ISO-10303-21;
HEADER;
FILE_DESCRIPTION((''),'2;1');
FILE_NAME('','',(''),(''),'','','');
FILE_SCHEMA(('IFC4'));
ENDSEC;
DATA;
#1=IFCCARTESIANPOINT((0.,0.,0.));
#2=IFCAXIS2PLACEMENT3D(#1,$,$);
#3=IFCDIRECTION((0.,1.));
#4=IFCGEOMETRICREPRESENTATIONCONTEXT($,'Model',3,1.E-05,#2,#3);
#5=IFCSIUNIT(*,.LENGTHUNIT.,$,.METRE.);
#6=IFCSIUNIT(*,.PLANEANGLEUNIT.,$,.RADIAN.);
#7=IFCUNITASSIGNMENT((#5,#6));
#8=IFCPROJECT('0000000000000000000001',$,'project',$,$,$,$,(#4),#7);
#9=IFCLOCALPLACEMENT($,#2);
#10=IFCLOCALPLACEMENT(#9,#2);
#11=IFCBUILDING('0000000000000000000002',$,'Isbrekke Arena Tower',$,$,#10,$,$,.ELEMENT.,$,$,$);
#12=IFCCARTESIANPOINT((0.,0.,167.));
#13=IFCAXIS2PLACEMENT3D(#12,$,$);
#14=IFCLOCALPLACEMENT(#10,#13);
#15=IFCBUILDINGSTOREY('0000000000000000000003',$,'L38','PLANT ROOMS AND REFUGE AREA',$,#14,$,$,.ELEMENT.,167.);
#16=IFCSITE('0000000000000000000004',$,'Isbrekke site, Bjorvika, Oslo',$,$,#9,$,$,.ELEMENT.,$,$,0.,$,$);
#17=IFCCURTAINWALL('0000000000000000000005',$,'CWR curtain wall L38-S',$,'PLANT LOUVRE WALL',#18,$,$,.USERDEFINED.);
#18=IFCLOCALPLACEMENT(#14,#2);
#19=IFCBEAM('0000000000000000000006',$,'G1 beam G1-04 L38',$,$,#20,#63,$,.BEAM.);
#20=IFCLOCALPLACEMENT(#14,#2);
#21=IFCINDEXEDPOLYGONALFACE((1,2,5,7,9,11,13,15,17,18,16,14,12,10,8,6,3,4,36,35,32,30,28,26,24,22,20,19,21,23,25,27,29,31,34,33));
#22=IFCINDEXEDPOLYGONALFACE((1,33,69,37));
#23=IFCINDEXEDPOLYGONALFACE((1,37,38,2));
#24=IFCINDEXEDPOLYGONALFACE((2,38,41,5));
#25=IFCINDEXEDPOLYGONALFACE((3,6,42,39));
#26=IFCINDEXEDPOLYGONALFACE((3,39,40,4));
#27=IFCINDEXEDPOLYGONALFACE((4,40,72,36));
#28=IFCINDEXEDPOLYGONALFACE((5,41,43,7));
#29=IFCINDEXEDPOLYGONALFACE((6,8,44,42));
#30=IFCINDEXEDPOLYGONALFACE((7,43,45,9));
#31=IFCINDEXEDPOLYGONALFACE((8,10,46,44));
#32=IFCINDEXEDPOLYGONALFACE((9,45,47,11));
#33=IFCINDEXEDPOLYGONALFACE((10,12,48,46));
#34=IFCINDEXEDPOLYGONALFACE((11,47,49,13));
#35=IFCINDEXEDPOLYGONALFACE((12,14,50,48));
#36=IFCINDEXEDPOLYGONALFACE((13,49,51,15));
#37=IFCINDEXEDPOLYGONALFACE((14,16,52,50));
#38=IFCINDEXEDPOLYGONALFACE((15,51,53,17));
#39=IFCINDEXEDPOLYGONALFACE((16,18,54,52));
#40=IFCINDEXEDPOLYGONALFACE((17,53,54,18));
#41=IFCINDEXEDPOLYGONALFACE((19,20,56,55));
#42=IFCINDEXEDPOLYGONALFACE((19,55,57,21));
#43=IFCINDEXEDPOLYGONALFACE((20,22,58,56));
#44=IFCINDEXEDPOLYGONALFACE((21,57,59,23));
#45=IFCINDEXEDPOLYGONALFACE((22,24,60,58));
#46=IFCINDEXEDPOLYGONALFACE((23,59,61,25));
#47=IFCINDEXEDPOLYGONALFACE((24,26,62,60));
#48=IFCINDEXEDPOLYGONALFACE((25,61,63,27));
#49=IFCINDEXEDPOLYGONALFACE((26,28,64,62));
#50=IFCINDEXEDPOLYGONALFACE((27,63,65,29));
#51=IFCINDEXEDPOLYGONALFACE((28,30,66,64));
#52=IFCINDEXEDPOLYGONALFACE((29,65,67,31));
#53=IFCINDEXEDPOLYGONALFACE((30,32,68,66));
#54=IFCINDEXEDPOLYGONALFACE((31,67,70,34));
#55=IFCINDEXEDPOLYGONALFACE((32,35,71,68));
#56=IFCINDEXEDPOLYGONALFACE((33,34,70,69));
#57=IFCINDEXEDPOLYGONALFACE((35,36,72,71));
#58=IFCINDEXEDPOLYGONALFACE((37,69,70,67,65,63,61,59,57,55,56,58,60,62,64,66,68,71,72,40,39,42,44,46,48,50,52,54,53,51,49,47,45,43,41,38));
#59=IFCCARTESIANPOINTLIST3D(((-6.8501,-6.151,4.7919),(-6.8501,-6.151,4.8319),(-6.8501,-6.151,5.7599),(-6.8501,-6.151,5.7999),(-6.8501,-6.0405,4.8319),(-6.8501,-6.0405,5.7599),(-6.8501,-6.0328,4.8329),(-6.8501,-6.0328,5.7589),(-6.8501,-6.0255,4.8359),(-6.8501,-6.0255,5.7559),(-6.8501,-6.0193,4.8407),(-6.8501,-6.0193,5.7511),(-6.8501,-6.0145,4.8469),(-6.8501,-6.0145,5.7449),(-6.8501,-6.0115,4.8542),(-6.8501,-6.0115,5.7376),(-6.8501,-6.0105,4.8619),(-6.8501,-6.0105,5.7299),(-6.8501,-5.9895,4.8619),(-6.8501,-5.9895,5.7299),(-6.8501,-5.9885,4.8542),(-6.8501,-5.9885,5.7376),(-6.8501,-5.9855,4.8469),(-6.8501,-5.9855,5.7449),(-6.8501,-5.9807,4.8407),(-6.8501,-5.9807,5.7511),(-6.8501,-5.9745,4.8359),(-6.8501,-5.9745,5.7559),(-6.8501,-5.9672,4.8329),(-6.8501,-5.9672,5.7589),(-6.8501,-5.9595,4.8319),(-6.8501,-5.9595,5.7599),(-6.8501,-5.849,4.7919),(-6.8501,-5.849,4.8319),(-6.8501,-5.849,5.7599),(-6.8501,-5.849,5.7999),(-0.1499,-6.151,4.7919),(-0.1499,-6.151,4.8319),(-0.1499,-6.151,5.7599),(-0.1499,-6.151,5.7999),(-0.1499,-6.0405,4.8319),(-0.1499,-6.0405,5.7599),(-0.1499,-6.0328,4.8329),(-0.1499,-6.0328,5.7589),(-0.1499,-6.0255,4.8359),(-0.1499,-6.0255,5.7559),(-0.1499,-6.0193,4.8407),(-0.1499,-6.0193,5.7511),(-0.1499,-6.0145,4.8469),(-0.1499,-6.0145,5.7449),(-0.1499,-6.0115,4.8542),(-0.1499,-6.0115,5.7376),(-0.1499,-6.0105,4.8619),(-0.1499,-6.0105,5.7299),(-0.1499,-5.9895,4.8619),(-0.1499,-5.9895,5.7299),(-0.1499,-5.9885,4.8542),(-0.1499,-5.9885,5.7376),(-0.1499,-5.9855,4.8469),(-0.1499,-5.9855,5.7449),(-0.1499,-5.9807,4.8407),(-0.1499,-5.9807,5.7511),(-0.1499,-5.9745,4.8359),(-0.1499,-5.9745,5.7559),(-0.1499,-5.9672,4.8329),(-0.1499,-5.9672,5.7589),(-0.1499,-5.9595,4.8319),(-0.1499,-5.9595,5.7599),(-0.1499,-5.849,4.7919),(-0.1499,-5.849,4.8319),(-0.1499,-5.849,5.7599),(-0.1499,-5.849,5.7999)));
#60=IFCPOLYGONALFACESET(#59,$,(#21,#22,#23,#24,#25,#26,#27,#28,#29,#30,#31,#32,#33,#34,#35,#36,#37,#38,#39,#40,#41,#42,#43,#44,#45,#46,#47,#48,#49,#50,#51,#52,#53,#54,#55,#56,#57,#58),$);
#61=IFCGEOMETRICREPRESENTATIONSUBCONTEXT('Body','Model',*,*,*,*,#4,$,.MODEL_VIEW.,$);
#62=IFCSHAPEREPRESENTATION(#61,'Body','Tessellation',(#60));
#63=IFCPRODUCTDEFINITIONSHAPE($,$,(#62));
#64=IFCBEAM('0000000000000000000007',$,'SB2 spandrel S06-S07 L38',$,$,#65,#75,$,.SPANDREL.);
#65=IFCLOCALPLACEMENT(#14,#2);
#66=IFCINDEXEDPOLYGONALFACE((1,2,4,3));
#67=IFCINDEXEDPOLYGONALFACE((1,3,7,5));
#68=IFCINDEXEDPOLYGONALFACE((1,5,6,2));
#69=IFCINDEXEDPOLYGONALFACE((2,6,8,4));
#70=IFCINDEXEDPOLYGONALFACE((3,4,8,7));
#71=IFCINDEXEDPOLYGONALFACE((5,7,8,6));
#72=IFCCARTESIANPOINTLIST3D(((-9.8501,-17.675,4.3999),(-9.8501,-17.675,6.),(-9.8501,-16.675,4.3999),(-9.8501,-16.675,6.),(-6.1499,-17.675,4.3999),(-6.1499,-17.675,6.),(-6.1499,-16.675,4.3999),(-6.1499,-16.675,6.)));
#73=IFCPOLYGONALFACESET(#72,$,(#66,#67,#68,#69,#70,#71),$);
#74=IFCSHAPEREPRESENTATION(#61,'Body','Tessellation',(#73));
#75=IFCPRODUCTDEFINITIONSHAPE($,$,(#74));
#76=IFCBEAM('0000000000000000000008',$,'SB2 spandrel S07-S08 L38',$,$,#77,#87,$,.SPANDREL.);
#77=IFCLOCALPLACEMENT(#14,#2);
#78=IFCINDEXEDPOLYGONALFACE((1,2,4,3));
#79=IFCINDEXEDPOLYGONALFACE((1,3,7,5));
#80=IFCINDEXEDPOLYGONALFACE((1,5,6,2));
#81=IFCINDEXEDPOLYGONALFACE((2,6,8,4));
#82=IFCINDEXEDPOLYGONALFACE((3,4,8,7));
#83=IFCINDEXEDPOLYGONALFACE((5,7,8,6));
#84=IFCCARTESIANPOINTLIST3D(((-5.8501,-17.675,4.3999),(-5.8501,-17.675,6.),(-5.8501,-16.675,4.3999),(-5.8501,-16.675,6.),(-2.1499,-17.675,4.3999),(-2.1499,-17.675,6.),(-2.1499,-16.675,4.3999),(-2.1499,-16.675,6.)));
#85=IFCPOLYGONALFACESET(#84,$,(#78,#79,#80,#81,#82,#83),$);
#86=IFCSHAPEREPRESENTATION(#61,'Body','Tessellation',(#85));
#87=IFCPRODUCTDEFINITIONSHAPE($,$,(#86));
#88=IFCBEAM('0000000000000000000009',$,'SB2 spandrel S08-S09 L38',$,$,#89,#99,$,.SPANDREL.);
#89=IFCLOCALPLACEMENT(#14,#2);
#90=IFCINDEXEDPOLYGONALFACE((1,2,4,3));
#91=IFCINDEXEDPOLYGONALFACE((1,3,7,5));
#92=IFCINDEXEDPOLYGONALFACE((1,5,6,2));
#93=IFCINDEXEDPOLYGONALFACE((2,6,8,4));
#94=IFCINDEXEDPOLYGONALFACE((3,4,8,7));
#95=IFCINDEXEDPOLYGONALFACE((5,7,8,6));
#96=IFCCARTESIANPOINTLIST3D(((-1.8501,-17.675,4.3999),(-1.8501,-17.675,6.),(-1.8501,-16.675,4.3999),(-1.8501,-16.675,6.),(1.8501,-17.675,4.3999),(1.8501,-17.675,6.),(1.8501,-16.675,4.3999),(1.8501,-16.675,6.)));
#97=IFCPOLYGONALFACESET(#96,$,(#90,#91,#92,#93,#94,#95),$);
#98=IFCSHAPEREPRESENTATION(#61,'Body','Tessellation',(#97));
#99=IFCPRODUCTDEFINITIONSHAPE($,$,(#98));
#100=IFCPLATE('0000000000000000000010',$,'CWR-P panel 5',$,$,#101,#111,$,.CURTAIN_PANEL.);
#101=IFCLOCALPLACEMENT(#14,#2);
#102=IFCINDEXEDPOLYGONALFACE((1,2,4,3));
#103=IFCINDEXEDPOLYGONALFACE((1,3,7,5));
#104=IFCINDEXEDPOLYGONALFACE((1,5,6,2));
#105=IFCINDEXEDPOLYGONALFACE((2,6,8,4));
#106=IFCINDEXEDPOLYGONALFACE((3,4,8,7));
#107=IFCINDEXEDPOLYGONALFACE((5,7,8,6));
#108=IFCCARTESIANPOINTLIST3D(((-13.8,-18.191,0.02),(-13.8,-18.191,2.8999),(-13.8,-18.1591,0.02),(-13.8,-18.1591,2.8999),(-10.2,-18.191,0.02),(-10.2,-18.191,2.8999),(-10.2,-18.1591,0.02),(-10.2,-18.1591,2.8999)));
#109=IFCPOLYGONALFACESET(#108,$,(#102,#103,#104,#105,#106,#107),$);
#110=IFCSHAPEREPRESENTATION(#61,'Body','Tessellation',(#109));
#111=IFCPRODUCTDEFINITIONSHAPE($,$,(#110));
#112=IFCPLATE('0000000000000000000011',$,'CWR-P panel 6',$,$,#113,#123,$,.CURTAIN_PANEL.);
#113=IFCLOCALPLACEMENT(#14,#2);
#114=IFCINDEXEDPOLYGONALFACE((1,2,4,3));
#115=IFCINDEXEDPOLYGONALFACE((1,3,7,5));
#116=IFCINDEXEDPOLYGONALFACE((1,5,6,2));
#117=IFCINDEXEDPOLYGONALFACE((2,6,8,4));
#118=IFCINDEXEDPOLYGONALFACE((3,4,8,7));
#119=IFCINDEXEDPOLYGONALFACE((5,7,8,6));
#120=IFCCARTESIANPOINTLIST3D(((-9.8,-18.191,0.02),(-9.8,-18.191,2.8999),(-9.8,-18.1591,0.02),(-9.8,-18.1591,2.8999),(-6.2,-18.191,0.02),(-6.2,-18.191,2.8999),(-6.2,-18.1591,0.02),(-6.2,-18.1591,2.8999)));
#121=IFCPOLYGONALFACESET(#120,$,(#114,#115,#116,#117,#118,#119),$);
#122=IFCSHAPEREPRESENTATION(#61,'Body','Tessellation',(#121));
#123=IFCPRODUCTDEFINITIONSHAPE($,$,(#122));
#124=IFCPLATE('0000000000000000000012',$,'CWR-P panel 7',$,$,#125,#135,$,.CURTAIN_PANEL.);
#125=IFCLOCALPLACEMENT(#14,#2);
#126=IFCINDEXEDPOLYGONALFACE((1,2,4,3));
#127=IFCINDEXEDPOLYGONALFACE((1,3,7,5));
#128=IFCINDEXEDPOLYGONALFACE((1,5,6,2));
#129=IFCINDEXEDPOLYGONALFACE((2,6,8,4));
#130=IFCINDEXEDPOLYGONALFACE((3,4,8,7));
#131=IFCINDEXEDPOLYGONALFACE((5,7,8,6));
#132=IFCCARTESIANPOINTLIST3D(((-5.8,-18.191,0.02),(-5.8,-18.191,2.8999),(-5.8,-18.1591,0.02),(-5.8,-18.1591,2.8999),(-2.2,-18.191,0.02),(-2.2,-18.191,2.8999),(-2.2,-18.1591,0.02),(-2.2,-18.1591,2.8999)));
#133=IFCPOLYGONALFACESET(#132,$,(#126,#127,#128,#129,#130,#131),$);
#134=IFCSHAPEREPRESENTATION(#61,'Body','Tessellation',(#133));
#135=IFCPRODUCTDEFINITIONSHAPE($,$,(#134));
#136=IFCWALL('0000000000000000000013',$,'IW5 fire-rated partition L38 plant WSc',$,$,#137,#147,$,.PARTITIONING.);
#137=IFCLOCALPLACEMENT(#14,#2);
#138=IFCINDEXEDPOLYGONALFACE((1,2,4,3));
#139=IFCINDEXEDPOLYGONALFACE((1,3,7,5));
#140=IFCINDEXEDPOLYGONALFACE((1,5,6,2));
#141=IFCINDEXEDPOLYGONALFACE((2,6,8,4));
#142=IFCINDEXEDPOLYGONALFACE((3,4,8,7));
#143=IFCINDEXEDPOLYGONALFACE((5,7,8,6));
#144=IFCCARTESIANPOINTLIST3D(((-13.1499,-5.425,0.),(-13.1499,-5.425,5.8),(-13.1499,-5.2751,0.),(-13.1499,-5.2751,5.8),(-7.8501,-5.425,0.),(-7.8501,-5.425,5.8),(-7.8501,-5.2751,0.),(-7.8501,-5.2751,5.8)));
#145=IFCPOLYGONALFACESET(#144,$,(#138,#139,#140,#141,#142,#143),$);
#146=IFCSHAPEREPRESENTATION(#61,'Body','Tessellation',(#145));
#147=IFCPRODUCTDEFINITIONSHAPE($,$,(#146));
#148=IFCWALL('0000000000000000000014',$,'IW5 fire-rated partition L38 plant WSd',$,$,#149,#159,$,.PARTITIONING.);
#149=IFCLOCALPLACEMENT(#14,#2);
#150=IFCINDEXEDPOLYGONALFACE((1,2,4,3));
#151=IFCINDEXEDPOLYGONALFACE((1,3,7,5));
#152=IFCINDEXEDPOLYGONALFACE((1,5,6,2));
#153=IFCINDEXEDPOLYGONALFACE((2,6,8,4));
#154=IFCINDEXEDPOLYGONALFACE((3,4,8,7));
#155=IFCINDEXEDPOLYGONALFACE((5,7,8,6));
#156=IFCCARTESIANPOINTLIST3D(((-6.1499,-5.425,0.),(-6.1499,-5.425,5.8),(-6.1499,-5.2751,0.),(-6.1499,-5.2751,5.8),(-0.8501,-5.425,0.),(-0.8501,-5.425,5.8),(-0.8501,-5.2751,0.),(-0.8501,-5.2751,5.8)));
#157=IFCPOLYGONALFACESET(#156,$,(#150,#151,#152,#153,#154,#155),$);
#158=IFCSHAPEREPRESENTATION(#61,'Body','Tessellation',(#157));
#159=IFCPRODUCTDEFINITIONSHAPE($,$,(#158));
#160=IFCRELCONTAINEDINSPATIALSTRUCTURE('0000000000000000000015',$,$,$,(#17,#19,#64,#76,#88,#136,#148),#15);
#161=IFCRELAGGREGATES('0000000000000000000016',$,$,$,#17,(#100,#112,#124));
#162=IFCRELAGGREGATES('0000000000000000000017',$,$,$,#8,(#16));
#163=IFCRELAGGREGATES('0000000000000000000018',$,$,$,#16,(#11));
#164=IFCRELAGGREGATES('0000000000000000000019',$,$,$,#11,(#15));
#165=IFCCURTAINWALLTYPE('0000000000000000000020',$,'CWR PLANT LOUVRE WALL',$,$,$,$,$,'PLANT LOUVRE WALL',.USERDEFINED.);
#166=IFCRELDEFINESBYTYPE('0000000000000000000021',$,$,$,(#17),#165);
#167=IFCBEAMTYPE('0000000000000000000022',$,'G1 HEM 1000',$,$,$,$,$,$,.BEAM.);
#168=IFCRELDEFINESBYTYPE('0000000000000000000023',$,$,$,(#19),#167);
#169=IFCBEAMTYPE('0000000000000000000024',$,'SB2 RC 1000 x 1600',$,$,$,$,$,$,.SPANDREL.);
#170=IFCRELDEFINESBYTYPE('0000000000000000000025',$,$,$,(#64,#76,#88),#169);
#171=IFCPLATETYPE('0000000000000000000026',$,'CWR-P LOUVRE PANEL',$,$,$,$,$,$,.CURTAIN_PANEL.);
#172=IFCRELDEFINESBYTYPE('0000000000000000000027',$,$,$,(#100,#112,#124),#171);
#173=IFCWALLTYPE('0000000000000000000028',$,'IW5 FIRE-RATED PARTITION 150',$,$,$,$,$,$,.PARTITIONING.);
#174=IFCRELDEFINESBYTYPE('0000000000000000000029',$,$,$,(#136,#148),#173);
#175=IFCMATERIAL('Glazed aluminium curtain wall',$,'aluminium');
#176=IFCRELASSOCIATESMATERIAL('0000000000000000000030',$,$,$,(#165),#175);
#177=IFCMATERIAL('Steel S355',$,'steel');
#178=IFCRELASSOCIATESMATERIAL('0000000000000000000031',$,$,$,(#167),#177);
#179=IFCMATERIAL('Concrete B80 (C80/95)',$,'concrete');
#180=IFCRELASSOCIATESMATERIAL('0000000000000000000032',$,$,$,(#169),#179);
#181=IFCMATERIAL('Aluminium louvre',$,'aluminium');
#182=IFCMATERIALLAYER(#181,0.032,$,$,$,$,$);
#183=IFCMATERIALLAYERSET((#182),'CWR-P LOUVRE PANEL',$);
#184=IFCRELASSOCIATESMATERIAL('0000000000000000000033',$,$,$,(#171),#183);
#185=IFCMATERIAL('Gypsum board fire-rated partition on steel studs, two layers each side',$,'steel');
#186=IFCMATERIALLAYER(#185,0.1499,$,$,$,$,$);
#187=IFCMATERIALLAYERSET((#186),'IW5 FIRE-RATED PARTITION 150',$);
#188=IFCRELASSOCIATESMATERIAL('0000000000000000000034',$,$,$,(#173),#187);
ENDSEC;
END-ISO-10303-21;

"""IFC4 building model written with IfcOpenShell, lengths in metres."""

from ifc_helpers import new_model, si_unit, direction, frame, frame_2d, origin, origin_2d, place, context, subcontext, project, spatial, rectangle, i_section, extrude, material, layer, layer_set, material_profile, profile_set, type_object, element, aggregate, save


model = new_model("IFC4")

# Units and contexts
model_context = context("Model", 3, precision=1e-05, world=origin(), true_north=direction((0.0, 1.0)))
body_context = subcontext(model_context, "Body", "Model", "MODEL_VIEW")
ifc_project = project(units=[si_unit("LENGTHUNIT", "METRE"), si_unit("PLANEANGLEUNIT", "RADIAN")], contexts=[model_context])

# Site, building, storey
site_placement = place(None, origin())
site = spatial("IfcSite", under=ifc_project, at=site_placement, Name="Isbrekke site, Bjorvika, Oslo", CompositionType="ELEMENT", RefElevation=0.0)
building_placement = place(site_placement, origin())
building = spatial("IfcBuilding", under=site, at=building_placement, Name="Isbrekke Arena Tower", CompositionType="ELEMENT")
storey_placement = place(building_placement, frame((0.0, 0.0, 167.0)))
storey = spatial("IfcBuildingStorey", under=building, at=storey_placement, Name="L38", Description="PLANT ROOMS AND REFUGE AREA", CompositionType="ELEMENT", Elevation=167.0)

# Curtain wall
ifc_material_1 = material(Name="Glazed aluminium curtain wall", Category="aluminium")
curtain_wall_type = type_object("IfcCurtainWallType", Name="CWR PLANT LOUVRE WALL", ElementType="PLANT LOUVRE WALL", PredefinedType="USERDEFINED", material=ifc_material_1)
curtain_wall_placement = place(storey_placement, origin())
curtain_wall = element("IfcCurtainWall", 1, at=curtain_wall_placement, inside=storey, type_object=curtain_wall_type, Name="CWR curtain wall L38-S", ObjectType="PLANT LOUVRE WALL", PredefinedType="USERDEFINED")

# Beams
ifc_material_2 = material(Name="Steel S355", Category="steel")
ifc_material_profile_1 = material_profile(ifc_material_2, i_section(OverallWidth=0.302, OverallDepth=1.0081, WebThickness=0.021, FlangeThickness=0.04, FilletRadius=0.03, at=origin_2d()), Name="HEM 1000")
ifc_profile_set_1 = profile_set([ifc_material_profile_1], Name="Steel S355")
beam_type_1 = type_object("IfcBeamType", Name="G1 HEM 1000", PredefinedType="BEAM", material=ifc_profile_set_1)
beam_1_placement = place(storey_placement, frame((-6.8501, -6.0, 5.2959), z_axis=(1.0, 0.0, 0.0), x_axis=(0.0, 1.0, 0.0)))
element("IfcBeam", 2, at=beam_1_placement, inside=storey, type_object=beam_type_1, Name="G1 beam G1-04 L38", PredefinedType="BEAM", context=body_context, shape_type="SweptSolid", body=[
    extrude(i_section(OverallWidth=0.302, OverallDepth=1.0081, WebThickness=0.021, FlangeThickness=0.04, FilletRadius=0.03, at=origin_2d()), origin(), (0.0, 0.0, 1.0), 6.7002),
])
ifc_material_3 = material(Name="Concrete B80 (C80/95)", Category="concrete")
ifc_material_profile_2 = material_profile(ifc_material_3, rectangle(XDim=1.0, YDim=1.6001, at=origin_2d()), Name="RC 1000x1600")
ifc_profile_set_2 = profile_set([ifc_material_profile_2], Name="Concrete B80 (C80/95)")
beam_type_2 = type_object("IfcBeamType", Name="SB2 RC 1000 x 1600", PredefinedType="SPANDREL", material=ifc_profile_set_2)
for number, where, z_axis, x_axis, name in (
    (3, (-9.8501, -17.175, 5.2), (1.0, 0.0, 0.0), (0.0, 1.0, 0.0), "SB2 spandrel S06-S07 L38"),
    (4, (-5.8501, -17.175, 5.2), (1.0, 0.0, 0.0), (0.0, 1.0, 0.0), "SB2 spandrel S07-S08 L38"),
    (5, (-1.8501, -17.175, 5.2), (1.0, 0.0, 0.0), (0.0, 1.0, 0.0), "SB2 spandrel S08-S09 L38"),
):
    element("IfcBeam", number, at=place(storey_placement, frame(where, z_axis=z_axis, x_axis=x_axis)), inside=storey, type_object=beam_type_2, Name=name, PredefinedType="SPANDREL", context=body_context, shape_type="SweptSolid", body=[
        extrude(rectangle(XDim=1.0, YDim=1.6001, at=origin_2d()), origin(), (0.0, 0.0, 1.0), 3.7002),
    ])

# Plates
ifc_material_4 = material(Name="Aluminium louvre", Category="aluminium")
ifc_layer_1 = layer(ifc_material_4, 0.032)
ifc_layer_set_1 = layer_set([ifc_layer_1], Name="CWR-P LOUVRE PANEL")
plate_type = type_object("IfcPlateType", Name="CWR-P LOUVRE PANEL", PredefinedType="CURTAIN_PANEL", material=ifc_layer_set_1)
plate_1_placement = place(storey_placement, frame((-12.0, -18.175, 0.02), z_axis=(0.0, 0.0, 1.0), x_axis=(1.0, 0.0, 0.0)))
plate_1 = element("IfcPlate", 6, at=plate_1_placement, type_object=plate_type, Name="CWR-P panel 5", PredefinedType="CURTAIN_PANEL", context=body_context, shape_type="SweptSolid", body=[
    extrude(rectangle(XDim=3.6001, YDim=0.032, at=origin_2d()), origin(), (0.0, 0.0, 1.0), 2.8799),
])
plate_2_placement = place(storey_placement, frame((-8.0, -18.175, 0.02), z_axis=(0.0, 0.0, 1.0), x_axis=(1.0, 0.0, 0.0)))
plate_2 = element("IfcPlate", 7, at=plate_2_placement, type_object=plate_type, Name="CWR-P panel 6", PredefinedType="CURTAIN_PANEL", context=body_context, shape_type="SweptSolid", body=[
    extrude(rectangle(XDim=3.6001, YDim=0.032, at=origin_2d()), origin(), (0.0, 0.0, 1.0), 2.8799),
])
plate_3_placement = place(storey_placement, frame((-4.0, -18.175, 0.02), z_axis=(0.0, 0.0, 1.0), x_axis=(1.0, 0.0, 0.0)))
plate_3 = element("IfcPlate", 8, at=plate_3_placement, type_object=plate_type, Name="CWR-P panel 7", PredefinedType="CURTAIN_PANEL", context=body_context, shape_type="SweptSolid", body=[
    extrude(rectangle(XDim=3.6001, YDim=0.032, at=origin_2d()), origin(), (0.0, 0.0, 1.0), 2.8799),
])
aggregate(curtain_wall, [plate_1, plate_2, plate_3])

# Walls
ifc_material_5 = material(Name="Gypsum board fire-rated partition on steel studs, two layers each side", Category="steel")
ifc_layer_2 = layer(ifc_material_5, 0.1499)
ifc_layer_set_2 = layer_set([ifc_layer_2], Name="IW5 FIRE-RATED PARTITION 150")
wall_type = type_object("IfcWallType", Name="IW5 FIRE-RATED PARTITION 150", PredefinedType="PARTITIONING", material=ifc_layer_set_2)
for number, where, z_axis, x_axis, name in (
    (9, (-13.1499, -5.3501, 0.0), (0.0, 0.0, 1.0), (1.0, 0.0, 0.0), "IW5 fire-rated partition L38 plant WSc"),
    (10, (-6.1499, -5.3501, 0.0), (0.0, 0.0, 1.0), (1.0, 0.0, 0.0), "IW5 fire-rated partition L38 plant WSd"),
):
    element("IfcWall", number, at=place(storey_placement, frame(where, z_axis=z_axis, x_axis=x_axis)), inside=storey, type_object=wall_type, Name=name, PredefinedType="PARTITIONING", context=body_context, shape_type="SweptSolid", body=[
        extrude(rectangle(XDim=5.2998, YDim=0.1499, at=frame_2d((2.6499, 0.0))), origin(), (0.0, 0.0, 1.0), 5.8),
    ])

save(model, "model.ifc")
